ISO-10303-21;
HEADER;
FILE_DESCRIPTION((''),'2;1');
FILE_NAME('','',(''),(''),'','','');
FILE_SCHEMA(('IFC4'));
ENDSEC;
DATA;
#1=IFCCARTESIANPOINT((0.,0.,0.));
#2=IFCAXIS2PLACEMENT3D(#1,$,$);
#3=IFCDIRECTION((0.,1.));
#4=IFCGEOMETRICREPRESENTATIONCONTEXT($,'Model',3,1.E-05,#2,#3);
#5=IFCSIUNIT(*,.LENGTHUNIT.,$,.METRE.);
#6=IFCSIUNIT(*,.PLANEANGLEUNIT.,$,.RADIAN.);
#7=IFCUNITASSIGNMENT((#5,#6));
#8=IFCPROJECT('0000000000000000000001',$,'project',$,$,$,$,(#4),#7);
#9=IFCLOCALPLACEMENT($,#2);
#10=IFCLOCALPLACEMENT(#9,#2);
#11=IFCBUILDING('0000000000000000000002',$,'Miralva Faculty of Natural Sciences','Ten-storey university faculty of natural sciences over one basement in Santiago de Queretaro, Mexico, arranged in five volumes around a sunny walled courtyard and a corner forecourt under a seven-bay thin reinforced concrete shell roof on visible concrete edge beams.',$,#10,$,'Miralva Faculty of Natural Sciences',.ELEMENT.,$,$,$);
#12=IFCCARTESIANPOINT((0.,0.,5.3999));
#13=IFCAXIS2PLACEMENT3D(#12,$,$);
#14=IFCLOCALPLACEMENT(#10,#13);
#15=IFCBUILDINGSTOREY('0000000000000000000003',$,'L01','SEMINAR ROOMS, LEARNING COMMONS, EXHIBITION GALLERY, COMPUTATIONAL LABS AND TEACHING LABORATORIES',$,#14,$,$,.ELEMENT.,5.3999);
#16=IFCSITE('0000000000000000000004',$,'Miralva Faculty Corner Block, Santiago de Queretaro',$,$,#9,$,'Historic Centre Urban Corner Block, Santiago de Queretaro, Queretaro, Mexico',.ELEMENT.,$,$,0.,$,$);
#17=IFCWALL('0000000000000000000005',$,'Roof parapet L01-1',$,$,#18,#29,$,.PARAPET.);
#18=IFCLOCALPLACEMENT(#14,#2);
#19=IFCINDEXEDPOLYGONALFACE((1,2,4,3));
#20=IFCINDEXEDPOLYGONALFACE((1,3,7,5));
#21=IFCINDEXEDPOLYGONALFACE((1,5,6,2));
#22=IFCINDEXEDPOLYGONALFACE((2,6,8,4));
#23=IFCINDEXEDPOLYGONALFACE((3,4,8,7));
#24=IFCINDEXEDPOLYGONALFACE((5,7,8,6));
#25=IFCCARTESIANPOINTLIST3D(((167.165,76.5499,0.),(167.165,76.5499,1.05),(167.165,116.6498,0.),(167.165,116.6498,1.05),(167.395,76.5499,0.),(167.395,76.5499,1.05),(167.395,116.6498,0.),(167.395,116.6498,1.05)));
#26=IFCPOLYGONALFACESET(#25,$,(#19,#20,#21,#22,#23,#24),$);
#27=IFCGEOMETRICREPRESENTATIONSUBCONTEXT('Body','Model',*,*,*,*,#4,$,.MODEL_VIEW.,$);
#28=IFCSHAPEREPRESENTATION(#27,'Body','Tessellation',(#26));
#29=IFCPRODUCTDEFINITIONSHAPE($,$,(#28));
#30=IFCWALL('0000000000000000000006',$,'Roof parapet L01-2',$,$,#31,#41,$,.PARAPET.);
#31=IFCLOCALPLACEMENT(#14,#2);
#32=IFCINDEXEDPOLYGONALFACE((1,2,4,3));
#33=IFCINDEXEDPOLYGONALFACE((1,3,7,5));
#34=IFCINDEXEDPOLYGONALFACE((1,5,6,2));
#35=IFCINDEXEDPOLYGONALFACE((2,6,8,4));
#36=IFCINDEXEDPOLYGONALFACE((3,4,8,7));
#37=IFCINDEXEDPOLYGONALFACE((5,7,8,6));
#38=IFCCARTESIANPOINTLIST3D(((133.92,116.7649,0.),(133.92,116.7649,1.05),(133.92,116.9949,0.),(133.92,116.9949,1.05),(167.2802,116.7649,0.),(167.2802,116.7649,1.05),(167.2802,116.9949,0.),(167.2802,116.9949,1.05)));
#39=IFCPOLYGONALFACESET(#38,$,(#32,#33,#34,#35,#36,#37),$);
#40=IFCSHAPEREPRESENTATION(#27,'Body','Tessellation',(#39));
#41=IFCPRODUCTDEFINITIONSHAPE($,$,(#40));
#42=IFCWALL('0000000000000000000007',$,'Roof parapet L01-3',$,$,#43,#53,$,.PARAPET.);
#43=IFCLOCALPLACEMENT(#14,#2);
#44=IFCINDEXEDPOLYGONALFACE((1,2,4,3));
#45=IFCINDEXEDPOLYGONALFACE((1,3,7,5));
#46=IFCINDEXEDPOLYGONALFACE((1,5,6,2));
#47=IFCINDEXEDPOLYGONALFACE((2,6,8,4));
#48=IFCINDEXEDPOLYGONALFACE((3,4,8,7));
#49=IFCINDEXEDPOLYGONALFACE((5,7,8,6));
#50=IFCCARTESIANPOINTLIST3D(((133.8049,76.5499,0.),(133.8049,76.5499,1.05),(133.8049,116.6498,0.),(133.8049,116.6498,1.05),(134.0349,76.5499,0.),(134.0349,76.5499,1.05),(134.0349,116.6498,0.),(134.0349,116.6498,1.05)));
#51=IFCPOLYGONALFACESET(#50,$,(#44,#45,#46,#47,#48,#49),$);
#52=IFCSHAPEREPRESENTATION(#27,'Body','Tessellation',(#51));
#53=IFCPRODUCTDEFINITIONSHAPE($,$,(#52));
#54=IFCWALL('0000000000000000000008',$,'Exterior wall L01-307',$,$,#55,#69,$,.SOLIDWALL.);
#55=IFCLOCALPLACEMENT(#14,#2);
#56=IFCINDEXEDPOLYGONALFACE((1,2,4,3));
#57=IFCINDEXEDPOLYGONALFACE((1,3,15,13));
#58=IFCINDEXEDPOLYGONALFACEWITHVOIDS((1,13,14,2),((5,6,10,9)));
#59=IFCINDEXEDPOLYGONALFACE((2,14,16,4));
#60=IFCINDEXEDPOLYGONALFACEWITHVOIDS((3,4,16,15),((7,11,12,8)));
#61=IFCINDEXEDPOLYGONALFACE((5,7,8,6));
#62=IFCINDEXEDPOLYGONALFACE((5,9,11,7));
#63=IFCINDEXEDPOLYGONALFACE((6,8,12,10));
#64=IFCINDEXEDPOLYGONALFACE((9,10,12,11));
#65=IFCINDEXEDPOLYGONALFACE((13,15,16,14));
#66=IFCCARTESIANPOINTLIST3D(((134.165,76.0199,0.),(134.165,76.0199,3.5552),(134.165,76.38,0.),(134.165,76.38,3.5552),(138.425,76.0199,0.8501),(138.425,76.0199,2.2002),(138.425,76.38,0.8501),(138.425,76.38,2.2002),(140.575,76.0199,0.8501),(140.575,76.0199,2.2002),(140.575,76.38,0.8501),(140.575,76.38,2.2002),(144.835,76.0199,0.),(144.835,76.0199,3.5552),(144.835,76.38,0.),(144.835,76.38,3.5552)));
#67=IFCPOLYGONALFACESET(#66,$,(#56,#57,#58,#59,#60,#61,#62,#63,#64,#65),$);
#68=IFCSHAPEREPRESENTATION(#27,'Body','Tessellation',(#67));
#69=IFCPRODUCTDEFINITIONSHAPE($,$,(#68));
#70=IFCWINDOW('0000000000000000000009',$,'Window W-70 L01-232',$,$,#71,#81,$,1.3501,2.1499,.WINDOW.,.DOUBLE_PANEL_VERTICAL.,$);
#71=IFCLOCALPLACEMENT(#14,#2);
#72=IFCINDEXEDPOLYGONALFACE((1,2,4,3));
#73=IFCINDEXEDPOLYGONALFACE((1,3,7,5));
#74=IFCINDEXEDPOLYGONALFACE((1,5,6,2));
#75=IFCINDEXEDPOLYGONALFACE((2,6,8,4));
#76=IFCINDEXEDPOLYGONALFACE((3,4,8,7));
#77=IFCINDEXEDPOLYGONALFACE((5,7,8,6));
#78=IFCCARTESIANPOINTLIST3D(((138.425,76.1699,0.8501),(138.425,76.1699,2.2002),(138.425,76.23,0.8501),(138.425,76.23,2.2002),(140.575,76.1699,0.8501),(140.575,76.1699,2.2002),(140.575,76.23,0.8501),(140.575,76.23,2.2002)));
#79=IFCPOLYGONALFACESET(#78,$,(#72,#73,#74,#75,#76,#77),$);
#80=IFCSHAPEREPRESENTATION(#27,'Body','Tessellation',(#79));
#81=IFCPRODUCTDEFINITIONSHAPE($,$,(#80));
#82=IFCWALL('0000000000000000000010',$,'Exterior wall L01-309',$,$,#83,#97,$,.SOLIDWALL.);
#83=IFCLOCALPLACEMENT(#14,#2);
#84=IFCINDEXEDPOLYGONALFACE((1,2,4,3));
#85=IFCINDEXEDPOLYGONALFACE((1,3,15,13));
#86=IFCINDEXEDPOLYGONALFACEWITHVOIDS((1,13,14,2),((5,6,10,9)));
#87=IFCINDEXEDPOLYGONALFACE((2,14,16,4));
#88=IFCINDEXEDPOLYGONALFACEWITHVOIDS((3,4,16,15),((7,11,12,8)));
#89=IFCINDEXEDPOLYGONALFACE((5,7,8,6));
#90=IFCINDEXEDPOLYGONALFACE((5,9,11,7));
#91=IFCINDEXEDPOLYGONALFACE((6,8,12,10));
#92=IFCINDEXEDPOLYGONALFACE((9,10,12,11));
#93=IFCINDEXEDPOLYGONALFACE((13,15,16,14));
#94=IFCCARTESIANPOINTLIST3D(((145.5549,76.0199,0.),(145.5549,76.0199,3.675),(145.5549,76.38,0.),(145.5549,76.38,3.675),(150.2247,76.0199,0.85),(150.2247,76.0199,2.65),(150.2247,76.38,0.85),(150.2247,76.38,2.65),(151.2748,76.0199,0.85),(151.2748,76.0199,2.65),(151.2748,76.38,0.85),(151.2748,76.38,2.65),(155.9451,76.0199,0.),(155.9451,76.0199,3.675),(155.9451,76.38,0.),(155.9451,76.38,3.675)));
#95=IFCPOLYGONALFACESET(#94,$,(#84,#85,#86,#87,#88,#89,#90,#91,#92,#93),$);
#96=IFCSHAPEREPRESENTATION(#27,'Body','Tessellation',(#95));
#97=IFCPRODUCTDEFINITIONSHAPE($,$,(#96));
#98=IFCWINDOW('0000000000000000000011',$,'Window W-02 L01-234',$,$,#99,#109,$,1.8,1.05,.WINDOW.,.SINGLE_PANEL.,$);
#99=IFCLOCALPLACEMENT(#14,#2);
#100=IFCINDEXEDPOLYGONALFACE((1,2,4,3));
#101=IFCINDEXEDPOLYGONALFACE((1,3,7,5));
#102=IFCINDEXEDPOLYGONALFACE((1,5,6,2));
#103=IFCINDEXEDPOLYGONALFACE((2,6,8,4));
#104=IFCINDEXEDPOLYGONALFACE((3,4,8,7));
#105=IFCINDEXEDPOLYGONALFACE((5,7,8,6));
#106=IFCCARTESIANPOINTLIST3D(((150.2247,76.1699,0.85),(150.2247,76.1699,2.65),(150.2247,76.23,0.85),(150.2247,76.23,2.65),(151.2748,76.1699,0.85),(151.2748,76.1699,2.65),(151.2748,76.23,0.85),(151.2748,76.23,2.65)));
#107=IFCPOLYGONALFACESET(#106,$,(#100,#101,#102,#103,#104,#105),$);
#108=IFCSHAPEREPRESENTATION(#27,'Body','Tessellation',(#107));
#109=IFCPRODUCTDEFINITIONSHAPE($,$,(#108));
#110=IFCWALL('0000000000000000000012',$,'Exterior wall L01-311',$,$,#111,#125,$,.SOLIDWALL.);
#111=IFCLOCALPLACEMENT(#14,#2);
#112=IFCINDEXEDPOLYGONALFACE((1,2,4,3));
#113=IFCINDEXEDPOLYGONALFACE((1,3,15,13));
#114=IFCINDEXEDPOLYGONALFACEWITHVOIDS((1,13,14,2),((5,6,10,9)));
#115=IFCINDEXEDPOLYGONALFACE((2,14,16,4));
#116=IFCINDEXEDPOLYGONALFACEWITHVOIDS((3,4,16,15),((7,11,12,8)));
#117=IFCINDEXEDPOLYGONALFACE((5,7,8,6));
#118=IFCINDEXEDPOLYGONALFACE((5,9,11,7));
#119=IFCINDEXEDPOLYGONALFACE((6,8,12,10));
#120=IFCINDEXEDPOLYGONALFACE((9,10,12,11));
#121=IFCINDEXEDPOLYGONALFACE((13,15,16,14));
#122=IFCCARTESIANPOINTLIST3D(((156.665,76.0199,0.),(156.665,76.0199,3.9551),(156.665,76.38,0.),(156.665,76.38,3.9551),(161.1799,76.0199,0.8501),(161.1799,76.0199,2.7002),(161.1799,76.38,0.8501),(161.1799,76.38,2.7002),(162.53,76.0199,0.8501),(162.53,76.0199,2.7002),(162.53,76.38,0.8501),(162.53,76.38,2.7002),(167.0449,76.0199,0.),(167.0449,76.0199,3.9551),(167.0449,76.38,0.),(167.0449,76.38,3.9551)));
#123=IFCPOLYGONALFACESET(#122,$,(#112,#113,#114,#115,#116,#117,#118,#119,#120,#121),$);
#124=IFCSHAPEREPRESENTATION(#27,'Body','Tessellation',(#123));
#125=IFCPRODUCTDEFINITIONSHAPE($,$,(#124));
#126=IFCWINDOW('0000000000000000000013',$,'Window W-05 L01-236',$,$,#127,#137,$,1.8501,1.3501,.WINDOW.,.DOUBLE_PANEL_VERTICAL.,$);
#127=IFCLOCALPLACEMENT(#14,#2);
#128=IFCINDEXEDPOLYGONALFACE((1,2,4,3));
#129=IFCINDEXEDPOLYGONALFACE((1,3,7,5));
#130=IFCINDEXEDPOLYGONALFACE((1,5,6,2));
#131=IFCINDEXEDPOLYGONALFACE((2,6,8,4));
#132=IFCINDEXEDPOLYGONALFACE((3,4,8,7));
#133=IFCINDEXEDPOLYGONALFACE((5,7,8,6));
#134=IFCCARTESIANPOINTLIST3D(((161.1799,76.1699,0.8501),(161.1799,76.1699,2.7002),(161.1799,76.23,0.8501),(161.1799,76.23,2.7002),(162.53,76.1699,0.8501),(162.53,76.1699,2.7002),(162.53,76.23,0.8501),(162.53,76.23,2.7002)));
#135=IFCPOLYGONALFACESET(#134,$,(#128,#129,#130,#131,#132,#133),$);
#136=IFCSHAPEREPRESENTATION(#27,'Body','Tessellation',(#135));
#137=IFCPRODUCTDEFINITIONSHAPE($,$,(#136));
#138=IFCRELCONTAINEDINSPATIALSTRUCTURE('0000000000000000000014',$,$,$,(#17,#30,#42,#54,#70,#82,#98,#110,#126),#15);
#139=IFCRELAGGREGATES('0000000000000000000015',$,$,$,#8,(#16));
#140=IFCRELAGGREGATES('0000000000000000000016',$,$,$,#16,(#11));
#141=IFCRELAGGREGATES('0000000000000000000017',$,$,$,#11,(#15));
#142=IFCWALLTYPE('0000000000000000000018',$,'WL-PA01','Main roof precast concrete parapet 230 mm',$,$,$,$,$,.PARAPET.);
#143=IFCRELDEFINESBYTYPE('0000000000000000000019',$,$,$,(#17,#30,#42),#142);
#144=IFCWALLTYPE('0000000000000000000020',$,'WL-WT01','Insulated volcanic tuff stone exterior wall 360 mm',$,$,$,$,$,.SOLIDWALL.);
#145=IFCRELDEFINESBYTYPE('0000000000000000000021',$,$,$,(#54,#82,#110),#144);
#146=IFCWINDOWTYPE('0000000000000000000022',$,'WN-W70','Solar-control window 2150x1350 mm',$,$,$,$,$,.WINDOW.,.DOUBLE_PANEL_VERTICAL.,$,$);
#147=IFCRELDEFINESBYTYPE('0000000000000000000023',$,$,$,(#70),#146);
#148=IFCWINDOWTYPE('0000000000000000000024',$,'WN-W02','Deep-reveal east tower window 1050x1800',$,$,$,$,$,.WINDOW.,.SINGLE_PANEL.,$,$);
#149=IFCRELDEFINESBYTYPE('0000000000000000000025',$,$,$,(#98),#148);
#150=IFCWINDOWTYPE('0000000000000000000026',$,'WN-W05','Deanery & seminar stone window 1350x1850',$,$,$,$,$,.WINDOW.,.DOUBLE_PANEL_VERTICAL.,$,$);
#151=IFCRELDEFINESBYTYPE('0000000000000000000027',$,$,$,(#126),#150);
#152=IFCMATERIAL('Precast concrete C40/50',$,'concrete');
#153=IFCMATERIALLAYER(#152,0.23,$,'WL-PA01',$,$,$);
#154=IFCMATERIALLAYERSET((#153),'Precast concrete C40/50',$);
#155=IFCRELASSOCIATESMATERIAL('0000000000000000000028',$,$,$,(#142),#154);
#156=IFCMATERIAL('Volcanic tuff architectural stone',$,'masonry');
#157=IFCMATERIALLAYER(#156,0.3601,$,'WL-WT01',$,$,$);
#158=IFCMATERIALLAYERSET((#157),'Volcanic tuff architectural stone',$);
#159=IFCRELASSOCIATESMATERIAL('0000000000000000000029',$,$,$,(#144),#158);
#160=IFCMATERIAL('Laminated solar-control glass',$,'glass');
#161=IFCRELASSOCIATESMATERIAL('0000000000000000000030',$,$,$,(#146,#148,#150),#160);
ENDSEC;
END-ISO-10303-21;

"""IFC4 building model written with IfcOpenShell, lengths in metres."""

from ifc_helpers import new_model, si_unit, direction, frame, frame_2d, origin, place, context, subcontext, project, spatial, rectangle, extrude, material, layer, layer_set, type_object, element, fill, save


model = new_model("IFC4")

# Units and contexts
model_context = context("Model", 3, precision=1e-05, world=origin(), true_north=direction((0.0, 1.0)))
body_context = subcontext(model_context, "Body", "Model", "MODEL_VIEW")
ifc_project = project(units=[si_unit("LENGTHUNIT", "METRE"), si_unit("PLANEANGLEUNIT", "RADIAN")], contexts=[model_context])

# Site, building, storey
site_placement = place(None, origin())
site = spatial("IfcSite", under=ifc_project, at=site_placement, Name="Miralva Faculty Corner Block, Santiago de Queretaro", LongName="Historic Centre Urban Corner Block, Santiago de Queretaro, Queretaro, Mexico", CompositionType="ELEMENT", RefElevation=0.0)
building_placement = place(site_placement, origin())
building = spatial("IfcBuilding", under=site, at=building_placement, Name="Miralva Faculty of Natural Sciences", Description="Ten-storey university faculty of natural sciences over one basement in Santiago de Queretaro, Mexico, arranged in five volumes around a sunny walled courtyard and a corner forecourt under a seven-bay thin reinforced concrete shell roof on visible concrete edge beams.", LongName="Miralva Faculty of Natural Sciences", CompositionType="ELEMENT")
storey_placement = place(building_placement, frame((0.0, 0.0, 5.3999)))
storey = spatial("IfcBuildingStorey", under=building, at=storey_placement, Name="L01", Description="SEMINAR ROOMS, LEARNING COMMONS, EXHIBITION GALLERY, COMPUTATIONAL LABS AND TEACHING LABORATORIES", CompositionType="ELEMENT", Elevation=5.3999)

# Shared definitions
ifc_material_1 = material(Name="Laminated solar-control glass", Category="glass")

# Walls
ifc_material_2 = material(Name="Precast concrete C40/50", Category="concrete")
ifc_layer_1 = layer(ifc_material_2, 0.23, Name="WL-PA01")
ifc_layer_set_1 = layer_set([ifc_layer_1], Name="Precast concrete C40/50")
wall_type_1 = type_object("IfcWallType", Name="WL-PA01", Description="Main roof precast concrete parapet 230 mm", PredefinedType="PARAPET", material=ifc_layer_set_1)
wall_1_placement = place(storey_placement, frame((167.28, 76.55, 0.0), z_axis=(0.0, 0.0, 1.0), x_axis=(0.0, 1.0, 0.0)))
element("IfcWall", 1, at=wall_1_placement, inside=storey, type_object=wall_type_1, Name="Roof parapet L01-1", PredefinedType="PARAPET", context=body_context, shape_type="SweptSolid", body=[
    extrude(rectangle(XDim=40.0999, YDim=0.23, at=frame_2d((20.0498, 0.0))), origin(), (0.0, 0.0, 1.0), 1.05),
])
wall_2_placement = place(storey_placement, frame((133.9199, 116.8799, 0.0), z_axis=(0.0, 0.0, 1.0), x_axis=(1.0, 0.0, 0.0)))
element("IfcWall", 2, at=wall_2_placement, inside=storey, type_object=wall_type_1, Name="Roof parapet L01-2", PredefinedType="PARAPET", context=body_context, shape_type="SweptSolid", body=[
    extrude(rectangle(XDim=33.3601, YDim=0.23, at=frame_2d((16.6802, 0.0))), origin(), (0.0, 0.0, 1.0), 1.05),
])
wall_3_placement = place(storey_placement, frame((133.9199, 76.55, 0.0), z_axis=(0.0, 0.0, 1.0), x_axis=(0.0, 1.0, 0.0)))
element("IfcWall", 3, at=wall_3_placement, inside=storey, type_object=wall_type_1, Name="Roof parapet L01-3", PredefinedType="PARAPET", context=body_context, shape_type="SweptSolid", body=[
    extrude(rectangle(XDim=40.0999, YDim=0.23, at=frame_2d((20.0498, 0.0))), origin(), (0.0, 0.0, 1.0), 1.05),
])

# Walls, openings, windows
ifc_material_3 = material(Name="Volcanic tuff architectural stone", Category="masonry")
ifc_layer_2 = layer(ifc_material_3, 0.3601, Name="WL-WT01")
ifc_layer_set_2 = layer_set([ifc_layer_2], Name="Volcanic tuff architectural stone")
wall_type_2 = type_object("IfcWallType", Name="WL-WT01", Description="Insulated volcanic tuff stone exterior wall 360 mm", PredefinedType="SOLIDWALL", material=ifc_layer_set_2)
wall_4_placement = place(storey_placement, frame((134.165, 76.2, 0.0), z_axis=(0.0, 0.0, 1.0), x_axis=(1.0, 0.0, 0.0)))
wall_4 = element("IfcWall", 4, at=wall_4_placement, inside=storey, type_object=wall_type_2, Name="Exterior wall L01-307", PredefinedType="SOLIDWALL", context=body_context, shape_type="SweptSolid", body=[
    extrude(rectangle(XDim=10.6699, YDim=0.3601, at=frame_2d((5.335, 0.0))), origin(), (0.0, 0.0, 1.0), 3.5552),
])
opening_1_placement = place(wall_4_placement, frame((4.26, 0.0, 0.8501)))
opening_1 = element("IfcOpeningElement", 5, at=opening_1_placement, cuts=wall_4, PredefinedType="OPENING", context=body_context, shape_type="SweptSolid", body=[
    extrude(rectangle(XDim=2.1499, YDim=1.3501, at=frame_2d((1.075, 0.675))), frame((0.0, 0.1899, 0.0), z_axis=(0.0, -1.0, 0.0), x_axis=(1.0, 0.0, 0.0)), (0.0, 0.0, 1.0), 0.3801),
])
window_type_1 = type_object("IfcWindowType", Name="WN-W70", Description="Solar-control window 2150x1350 mm", PartitioningType="DOUBLE_PANEL_VERTICAL", PredefinedType="WINDOW", material=ifc_material_1)
window_1_placement = place(opening_1_placement, origin())
window_1 = element("IfcWindow", 6, at=window_1_placement, inside=storey, type_object=window_type_1, Name="Window W-70 L01-232", OverallHeight=1.3501, OverallWidth=2.1499, PartitioningType="DOUBLE_PANEL_VERTICAL", PredefinedType="WINDOW", context=body_context, shape_type="SweptSolid", body=[
    extrude(rectangle(XDim=2.1499, YDim=1.3501, at=frame_2d((1.075, 0.675))), frame((0.0, 0.03, 0.0), z_axis=(0.0, -1.0, 0.0), x_axis=(1.0, 0.0, 0.0)), (0.0, 0.0, 1.0), 0.0601),
])
fill(opening_1, window_1)
wall_5_placement = place(storey_placement, frame((145.5549, 76.2, 0.0), z_axis=(0.0, 0.0, 1.0), x_axis=(1.0, 0.0, 0.0)))
wall_5 = element("IfcWall", 7, at=wall_5_placement, inside=storey, type_object=wall_type_2, Name="Exterior wall L01-309", PredefinedType="SOLIDWALL", context=body_context, shape_type="SweptSolid", body=[
    extrude(rectangle(XDim=10.3901, YDim=0.3601, at=frame_2d((5.1951, 0.0))), origin(), (0.0, 0.0, 1.0), 3.675),
])
opening_2_placement = place(wall_5_placement, frame((4.6699, 0.0, 0.8501)))
opening_2 = element("IfcOpeningElement", 8, at=opening_2_placement, cuts=wall_5, PredefinedType="OPENING", context=body_context, shape_type="SweptSolid", body=[
    extrude(rectangle(XDim=1.05, YDim=1.8, at=frame_2d((0.5249, 0.8999))), frame((0.0, 0.1899, 0.0), z_axis=(0.0, -1.0, 0.0), x_axis=(1.0, 0.0, 0.0)), (0.0, 0.0, 1.0), 0.3801),
])
window_type_2 = type_object("IfcWindowType", Name="WN-W02", Description="Deep-reveal east tower window 1050x1800", PartitioningType="SINGLE_PANEL", PredefinedType="WINDOW", material=ifc_material_1)
window_2_placement = place(opening_2_placement, origin())
window_2 = element("IfcWindow", 9, at=window_2_placement, inside=storey, type_object=window_type_2, Name="Window W-02 L01-234", OverallHeight=1.8, OverallWidth=1.05, PartitioningType="SINGLE_PANEL", PredefinedType="WINDOW", context=body_context, shape_type="SweptSolid", body=[
    extrude(rectangle(XDim=1.05, YDim=1.8, at=frame_2d((0.5249, 0.8999))), frame((0.0, 0.03, 0.0), z_axis=(0.0, -1.0, 0.0), x_axis=(1.0, 0.0, 0.0)), (0.0, 0.0, 1.0), 0.0601),
])
fill(opening_2, window_2)
wall_6_placement = place(storey_placement, frame((156.665, 76.2, 0.0), z_axis=(0.0, 0.0, 1.0), x_axis=(1.0, 0.0, 0.0)))
wall_6 = element("IfcWall", 10, at=wall_6_placement, inside=storey, type_object=wall_type_2, Name="Exterior wall L01-311", PredefinedType="SOLIDWALL", context=body_context, shape_type="SweptSolid", body=[
    extrude(rectangle(XDim=10.3799, YDim=0.3601, at=frame_2d((5.1899, 0.0))), origin(), (0.0, 0.0, 1.0), 3.9551),
])
opening_3_placement = place(wall_6_placement, frame((4.5149, 0.0, 0.8501)))
opening_3 = element("IfcOpeningElement", 11, at=opening_3_placement, cuts=wall_6, PredefinedType="OPENING", context=body_context, shape_type="SweptSolid", body=[
    extrude(rectangle(XDim=1.3501, YDim=1.8501, at=frame_2d((0.675, 0.925))), frame((0.0, 0.1899, 0.0), z_axis=(0.0, -1.0, 0.0), x_axis=(1.0, 0.0, 0.0)), (0.0, 0.0, 1.0), 0.3801),
])
window_type_3 = type_object("IfcWindowType", Name="WN-W05", Description="Deanery & seminar stone window 1350x1850", PartitioningType="DOUBLE_PANEL_VERTICAL", PredefinedType="WINDOW", material=ifc_material_1)
window_3_placement = place(opening_3_placement, origin())
window_3 = element("IfcWindow", 12, at=window_3_placement, inside=storey, type_object=window_type_3, Name="Window W-05 L01-236", OverallHeight=1.8501, OverallWidth=1.3501, PartitioningType="DOUBLE_PANEL_VERTICAL", PredefinedType="WINDOW", context=body_context, shape_type="SweptSolid", body=[
    extrude(rectangle(XDim=1.3501, YDim=1.8501, at=frame_2d((0.675, 0.925))), frame((0.0, 0.03, 0.0), z_axis=(0.0, -1.0, 0.0), x_axis=(1.0, 0.0, 0.0)), (0.0, 0.0, 1.0), 0.0601),
])
fill(opening_3, window_3)

save(model, "model.ifc")
